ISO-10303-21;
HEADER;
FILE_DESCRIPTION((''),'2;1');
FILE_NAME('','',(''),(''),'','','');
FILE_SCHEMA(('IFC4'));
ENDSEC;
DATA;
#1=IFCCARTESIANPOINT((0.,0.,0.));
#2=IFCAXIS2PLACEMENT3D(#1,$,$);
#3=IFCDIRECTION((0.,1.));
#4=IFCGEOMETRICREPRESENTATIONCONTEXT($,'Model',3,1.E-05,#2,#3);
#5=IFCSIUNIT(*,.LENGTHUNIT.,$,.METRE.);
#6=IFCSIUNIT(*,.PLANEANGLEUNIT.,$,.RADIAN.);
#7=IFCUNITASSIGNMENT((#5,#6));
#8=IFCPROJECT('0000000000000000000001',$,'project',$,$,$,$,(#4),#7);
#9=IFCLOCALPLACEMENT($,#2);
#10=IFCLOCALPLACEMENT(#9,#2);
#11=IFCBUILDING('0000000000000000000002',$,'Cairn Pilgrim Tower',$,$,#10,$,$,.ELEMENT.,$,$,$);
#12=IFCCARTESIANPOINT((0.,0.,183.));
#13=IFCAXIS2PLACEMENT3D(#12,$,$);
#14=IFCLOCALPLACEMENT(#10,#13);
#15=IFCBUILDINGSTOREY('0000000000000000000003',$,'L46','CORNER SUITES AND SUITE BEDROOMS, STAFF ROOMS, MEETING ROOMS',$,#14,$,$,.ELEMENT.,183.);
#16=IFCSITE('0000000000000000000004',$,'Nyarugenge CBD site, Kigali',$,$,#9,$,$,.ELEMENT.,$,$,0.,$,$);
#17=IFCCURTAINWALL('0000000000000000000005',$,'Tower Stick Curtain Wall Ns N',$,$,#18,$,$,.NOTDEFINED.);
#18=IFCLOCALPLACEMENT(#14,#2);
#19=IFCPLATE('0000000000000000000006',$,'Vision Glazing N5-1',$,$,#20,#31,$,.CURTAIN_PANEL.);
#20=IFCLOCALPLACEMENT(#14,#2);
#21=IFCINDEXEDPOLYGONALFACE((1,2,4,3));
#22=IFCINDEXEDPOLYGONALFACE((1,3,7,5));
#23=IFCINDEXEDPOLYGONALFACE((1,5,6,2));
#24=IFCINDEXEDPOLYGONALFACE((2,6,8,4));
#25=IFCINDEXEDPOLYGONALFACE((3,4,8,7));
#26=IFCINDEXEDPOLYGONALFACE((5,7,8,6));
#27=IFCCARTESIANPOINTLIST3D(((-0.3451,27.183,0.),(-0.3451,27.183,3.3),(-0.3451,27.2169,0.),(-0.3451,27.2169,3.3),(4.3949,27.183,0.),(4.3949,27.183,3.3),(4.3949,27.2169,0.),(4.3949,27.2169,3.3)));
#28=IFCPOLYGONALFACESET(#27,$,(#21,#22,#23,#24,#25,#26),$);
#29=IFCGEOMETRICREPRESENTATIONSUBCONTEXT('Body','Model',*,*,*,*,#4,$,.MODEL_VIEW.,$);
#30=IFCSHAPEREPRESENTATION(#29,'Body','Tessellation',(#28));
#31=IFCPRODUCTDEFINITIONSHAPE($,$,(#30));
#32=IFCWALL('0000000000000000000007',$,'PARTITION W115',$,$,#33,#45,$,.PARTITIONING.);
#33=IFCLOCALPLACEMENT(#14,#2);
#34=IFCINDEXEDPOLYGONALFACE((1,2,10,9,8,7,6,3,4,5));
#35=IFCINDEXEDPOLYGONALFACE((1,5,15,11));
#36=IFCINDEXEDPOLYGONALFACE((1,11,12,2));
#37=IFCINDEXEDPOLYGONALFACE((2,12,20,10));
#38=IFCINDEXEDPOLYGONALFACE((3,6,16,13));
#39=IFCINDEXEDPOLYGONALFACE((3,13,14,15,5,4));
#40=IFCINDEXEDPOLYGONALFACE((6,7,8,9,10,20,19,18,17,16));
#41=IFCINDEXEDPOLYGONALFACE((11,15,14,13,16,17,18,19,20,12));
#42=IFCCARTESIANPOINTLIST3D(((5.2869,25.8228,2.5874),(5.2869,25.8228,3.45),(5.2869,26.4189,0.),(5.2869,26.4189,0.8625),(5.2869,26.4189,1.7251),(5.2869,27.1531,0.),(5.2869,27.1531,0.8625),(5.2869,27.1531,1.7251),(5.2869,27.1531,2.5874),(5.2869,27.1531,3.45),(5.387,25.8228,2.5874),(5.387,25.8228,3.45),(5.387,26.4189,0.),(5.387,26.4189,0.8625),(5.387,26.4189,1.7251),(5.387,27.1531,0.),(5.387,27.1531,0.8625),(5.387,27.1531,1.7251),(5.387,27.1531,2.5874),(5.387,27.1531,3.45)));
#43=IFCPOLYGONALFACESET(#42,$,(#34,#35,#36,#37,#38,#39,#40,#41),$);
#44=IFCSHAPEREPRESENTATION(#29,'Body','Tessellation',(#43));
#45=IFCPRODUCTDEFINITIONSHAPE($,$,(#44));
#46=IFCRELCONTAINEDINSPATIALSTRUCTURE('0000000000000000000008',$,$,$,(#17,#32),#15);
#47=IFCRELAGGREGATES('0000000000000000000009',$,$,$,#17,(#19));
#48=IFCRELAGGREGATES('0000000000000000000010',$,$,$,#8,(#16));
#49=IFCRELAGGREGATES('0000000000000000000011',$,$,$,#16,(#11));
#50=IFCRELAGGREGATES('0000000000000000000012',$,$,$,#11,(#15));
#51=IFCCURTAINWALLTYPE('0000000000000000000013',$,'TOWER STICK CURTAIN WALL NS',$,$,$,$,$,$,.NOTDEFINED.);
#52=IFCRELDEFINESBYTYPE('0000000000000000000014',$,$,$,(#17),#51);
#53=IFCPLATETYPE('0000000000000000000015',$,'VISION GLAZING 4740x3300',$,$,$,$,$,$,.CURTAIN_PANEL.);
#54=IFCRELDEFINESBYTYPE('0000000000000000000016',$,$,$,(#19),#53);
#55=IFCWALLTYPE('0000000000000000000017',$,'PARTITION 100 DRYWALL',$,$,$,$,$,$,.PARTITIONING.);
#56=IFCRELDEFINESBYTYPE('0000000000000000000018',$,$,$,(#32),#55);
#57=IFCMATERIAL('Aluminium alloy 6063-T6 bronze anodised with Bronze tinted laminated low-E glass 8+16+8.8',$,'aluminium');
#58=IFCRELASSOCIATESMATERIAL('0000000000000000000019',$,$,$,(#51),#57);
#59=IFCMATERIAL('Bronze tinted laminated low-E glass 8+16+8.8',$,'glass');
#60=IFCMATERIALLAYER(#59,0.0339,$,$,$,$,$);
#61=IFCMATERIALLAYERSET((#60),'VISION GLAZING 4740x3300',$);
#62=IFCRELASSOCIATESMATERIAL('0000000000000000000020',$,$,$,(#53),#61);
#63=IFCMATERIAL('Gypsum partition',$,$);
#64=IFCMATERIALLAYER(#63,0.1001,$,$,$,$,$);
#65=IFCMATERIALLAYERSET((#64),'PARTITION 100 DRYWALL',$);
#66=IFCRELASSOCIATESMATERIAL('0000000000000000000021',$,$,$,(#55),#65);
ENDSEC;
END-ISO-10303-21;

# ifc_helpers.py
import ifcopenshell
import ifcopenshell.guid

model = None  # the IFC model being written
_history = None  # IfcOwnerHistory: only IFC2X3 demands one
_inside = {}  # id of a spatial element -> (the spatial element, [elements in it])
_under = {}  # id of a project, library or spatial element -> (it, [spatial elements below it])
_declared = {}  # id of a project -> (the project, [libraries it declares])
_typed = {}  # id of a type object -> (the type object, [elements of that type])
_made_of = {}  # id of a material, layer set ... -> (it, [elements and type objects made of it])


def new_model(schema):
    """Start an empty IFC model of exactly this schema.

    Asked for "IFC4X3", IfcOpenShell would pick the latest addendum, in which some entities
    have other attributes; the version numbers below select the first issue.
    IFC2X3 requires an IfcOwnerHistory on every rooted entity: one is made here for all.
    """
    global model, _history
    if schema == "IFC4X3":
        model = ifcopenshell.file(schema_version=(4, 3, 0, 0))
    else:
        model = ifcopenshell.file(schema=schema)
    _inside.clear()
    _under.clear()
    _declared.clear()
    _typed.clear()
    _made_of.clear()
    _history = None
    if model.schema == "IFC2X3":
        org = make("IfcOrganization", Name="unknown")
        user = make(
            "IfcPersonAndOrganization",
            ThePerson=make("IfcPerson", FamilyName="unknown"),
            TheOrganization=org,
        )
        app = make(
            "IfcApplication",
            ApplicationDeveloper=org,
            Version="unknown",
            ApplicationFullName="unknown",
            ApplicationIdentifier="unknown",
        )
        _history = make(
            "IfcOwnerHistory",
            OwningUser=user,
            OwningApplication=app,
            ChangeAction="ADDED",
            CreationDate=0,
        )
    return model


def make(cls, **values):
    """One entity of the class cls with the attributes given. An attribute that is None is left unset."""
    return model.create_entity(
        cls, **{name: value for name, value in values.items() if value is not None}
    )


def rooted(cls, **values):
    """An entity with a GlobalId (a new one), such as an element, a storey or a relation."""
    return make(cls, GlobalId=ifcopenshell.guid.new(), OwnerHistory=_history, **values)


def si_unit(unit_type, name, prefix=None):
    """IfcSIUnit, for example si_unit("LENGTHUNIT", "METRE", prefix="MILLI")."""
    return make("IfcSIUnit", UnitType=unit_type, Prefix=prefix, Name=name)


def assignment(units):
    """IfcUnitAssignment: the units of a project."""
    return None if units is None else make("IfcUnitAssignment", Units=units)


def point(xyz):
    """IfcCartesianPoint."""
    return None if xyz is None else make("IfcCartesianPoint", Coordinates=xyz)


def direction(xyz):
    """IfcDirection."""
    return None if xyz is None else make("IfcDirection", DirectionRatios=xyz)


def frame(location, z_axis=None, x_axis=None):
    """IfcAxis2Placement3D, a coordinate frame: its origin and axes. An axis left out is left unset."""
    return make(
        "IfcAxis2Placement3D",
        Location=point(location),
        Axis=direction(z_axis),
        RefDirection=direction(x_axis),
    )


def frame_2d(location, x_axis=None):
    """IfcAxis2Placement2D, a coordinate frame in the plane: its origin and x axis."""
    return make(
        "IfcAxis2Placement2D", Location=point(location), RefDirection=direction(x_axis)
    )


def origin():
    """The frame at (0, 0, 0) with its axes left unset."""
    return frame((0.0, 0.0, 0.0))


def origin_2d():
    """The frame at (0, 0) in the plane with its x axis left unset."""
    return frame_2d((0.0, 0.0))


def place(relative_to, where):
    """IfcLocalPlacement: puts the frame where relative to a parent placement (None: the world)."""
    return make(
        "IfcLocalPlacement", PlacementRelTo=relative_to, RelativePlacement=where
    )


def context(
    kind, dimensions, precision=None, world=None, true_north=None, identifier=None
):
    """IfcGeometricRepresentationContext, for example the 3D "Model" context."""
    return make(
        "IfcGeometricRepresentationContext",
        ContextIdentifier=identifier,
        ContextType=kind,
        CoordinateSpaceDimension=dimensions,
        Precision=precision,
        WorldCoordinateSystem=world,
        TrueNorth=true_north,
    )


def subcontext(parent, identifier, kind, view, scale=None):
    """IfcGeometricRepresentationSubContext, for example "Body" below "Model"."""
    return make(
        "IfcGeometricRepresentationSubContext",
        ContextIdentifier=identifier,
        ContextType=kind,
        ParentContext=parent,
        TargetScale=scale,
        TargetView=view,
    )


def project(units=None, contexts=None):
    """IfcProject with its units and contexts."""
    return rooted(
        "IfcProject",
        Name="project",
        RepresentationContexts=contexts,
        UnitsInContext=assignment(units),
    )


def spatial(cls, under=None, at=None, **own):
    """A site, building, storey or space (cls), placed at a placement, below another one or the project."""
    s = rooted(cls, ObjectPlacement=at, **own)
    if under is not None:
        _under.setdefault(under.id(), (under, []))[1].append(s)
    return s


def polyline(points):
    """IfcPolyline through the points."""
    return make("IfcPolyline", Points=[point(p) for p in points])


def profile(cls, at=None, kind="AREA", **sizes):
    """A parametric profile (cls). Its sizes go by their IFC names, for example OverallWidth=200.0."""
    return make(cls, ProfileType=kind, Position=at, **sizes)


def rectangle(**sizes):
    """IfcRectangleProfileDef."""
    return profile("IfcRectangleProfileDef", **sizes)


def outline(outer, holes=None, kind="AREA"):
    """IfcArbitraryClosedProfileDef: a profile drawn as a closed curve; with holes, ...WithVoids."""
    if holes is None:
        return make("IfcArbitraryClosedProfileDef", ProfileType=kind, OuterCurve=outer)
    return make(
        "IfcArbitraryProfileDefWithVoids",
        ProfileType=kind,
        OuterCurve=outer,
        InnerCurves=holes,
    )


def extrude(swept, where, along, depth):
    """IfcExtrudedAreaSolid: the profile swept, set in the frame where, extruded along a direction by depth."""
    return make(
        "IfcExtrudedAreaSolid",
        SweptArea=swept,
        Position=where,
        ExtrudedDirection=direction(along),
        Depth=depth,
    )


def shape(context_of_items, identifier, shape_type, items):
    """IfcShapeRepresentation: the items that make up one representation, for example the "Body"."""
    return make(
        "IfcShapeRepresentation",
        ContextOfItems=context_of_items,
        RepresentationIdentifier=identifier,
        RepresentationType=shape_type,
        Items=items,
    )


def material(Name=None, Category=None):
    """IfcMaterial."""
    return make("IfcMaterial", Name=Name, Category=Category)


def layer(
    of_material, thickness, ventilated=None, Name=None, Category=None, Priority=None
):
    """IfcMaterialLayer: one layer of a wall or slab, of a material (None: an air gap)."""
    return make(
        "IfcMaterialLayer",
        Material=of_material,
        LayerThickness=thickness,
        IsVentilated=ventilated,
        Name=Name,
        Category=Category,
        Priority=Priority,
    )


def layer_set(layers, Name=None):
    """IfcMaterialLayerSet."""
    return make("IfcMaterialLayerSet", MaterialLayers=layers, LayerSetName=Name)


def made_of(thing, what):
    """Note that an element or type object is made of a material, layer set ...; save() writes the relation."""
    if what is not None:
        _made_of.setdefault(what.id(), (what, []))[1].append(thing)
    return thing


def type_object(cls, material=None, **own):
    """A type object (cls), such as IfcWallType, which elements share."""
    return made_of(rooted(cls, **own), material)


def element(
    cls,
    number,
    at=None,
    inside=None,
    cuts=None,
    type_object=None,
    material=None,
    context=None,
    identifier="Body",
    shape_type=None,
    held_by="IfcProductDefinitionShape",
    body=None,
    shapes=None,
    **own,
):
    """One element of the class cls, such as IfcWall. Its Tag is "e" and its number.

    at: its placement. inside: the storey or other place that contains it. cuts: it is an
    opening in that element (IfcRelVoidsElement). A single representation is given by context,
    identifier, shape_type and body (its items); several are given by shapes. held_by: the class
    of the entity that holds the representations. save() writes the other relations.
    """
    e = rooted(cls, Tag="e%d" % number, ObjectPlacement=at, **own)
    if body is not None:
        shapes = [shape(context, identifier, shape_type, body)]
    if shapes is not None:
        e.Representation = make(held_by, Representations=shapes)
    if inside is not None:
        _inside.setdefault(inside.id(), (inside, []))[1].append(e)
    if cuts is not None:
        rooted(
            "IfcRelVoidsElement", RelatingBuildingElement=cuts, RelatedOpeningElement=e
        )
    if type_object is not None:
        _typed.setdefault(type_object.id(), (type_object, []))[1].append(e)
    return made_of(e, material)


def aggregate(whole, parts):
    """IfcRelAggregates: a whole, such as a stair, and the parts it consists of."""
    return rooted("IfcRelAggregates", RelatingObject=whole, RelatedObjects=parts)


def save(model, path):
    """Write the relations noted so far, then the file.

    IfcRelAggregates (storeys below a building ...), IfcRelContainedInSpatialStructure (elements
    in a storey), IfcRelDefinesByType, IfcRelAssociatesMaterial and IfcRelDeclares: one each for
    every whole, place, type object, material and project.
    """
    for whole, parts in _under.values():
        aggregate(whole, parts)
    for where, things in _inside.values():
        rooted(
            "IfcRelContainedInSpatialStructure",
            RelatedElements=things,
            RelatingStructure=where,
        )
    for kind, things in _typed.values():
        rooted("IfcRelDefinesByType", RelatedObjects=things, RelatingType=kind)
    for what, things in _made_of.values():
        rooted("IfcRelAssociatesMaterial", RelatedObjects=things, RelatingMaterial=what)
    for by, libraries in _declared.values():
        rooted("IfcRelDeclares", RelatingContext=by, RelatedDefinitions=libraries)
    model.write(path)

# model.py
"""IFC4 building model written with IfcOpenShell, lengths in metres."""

from ifc_helpers import new_model, si_unit, direction, frame, origin, origin_2d, place, context, subcontext, project, spatial, polyline, rectangle, outline, extrude, material, layer, layer_set, type_object, element, aggregate, save


model = new_model("IFC4")

# Units and contexts
model_context = context("Model", 3, precision=1e-05, world=origin(), true_north=direction((0.0, 1.0)))
body_context = subcontext(model_context, "Body", "Model", "MODEL_VIEW")
ifc_project = project(units=[si_unit("LENGTHUNIT", "METRE"), si_unit("PLANEANGLEUNIT", "RADIAN")], contexts=[model_context])

# Site, building, storey
site_placement = place(None, origin())
site = spatial("IfcSite", under=ifc_project, at=site_placement, Name="Nyarugenge CBD site, Kigali", CompositionType="ELEMENT", RefElevation=0.0)
building_placement = place(site_placement, origin())
building = spatial("IfcBuilding", under=site, at=building_placement, Name="Cairn Pilgrim Tower", CompositionType="ELEMENT")
storey_placement = place(building_placement, frame((0.0, 0.0, 183.0)))
storey = spatial("IfcBuildingStorey", under=building, at=storey_placement, Name="L46", Description="CORNER SUITES AND SUITE BEDROOMS, STAFF ROOMS, MEETING ROOMS", CompositionType="ELEMENT", Elevation=183.0)

# Curtain wall
ifc_material_1 = material(Name="Aluminium alloy 6063-T6 bronze anodised with Bronze tinted laminated low-E glass 8+16+8.8", Category="aluminium")
curtain_wall_type_1 = type_object("IfcCurtainWallType", Name="TOWER STICK CURTAIN WALL NS", PredefinedType="NOTDEFINED", material=ifc_material_1)
curtain_wall_1_placement = place(storey_placement, origin())
curtain_wall_1 = element("IfcCurtainWall", 1, at=curtain_wall_1_placement, inside=storey, type_object=curtain_wall_type_1, Name="Tower Stick Curtain Wall Ns N", PredefinedType="NOTDEFINED")

# Plate
ifc_material_2 = material(Name="Bronze tinted laminated low-E glass 8+16+8.8", Category="glass")
ifc_layer_1 = layer(ifc_material_2, 0.0339)
ifc_layer_set_1 = layer_set([ifc_layer_1], Name="VISION GLAZING 4740x3300")
plate_type_1 = type_object("IfcPlateType", Name="VISION GLAZING 4740x3300", PredefinedType="CURTAIN_PANEL", material=ifc_layer_set_1)
plate_1_placement = place(storey_placement, frame((2.0249, 27.2, 0.0), z_axis=(0.0, 0.0, 1.0), x_axis=(-1.0, 0.0, 0.0)))
plate_1 = element("IfcPlate", 2, at=plate_1_placement, type_object=plate_type_1, Name="Vision Glazing N5-1", PredefinedType="CURTAIN_PANEL", context=body_context, shape_type="SweptSolid", body=[
    extrude(rectangle(XDim=4.74, YDim=0.0339, at=origin_2d()), origin(), (0.0, 0.0, 1.0), 3.3),
])
aggregate(curtain_wall_1, [plate_1])

# Wall
ifc_material_3 = material(Name="Gypsum partition")
ifc_layer_2 = layer(ifc_material_3, 0.1001)
ifc_layer_set_2 = layer_set([ifc_layer_2], Name="PARTITION 100 DRYWALL")
wall_type_1 = type_object("IfcWallType", Name="PARTITION 100 DRYWALL", PredefinedType="PARTITIONING", material=ifc_layer_set_2)
wall_1_placement = place(storey_placement, frame((5.3369, 25.8228, 0.0), z_axis=(0.0, 0.0, 1.0), x_axis=(0.0, 1.0, 0.0)))
element("IfcWall", 3, at=wall_1_placement, inside=storey, type_object=wall_type_1, Name="PARTITION W115", PredefinedType="PARTITIONING", context=body_context, shape_type="SweptSolid", body=[
    extrude(outline(polyline([(0.5962, 0.0), (1.3303, 0.0), (1.3303, 0.8625), (1.3303, 1.7251), (1.3303, 2.5874), (1.3303, 3.45), (0.0, 3.45), (0.0, 2.5874), (0.5962, 1.7251), (0.5962, 0.8625), (0.5962, 0.0)])), frame((0.0, 0.05, 0.0), z_axis=(0.0, -1.0, 0.0), x_axis=(1.0, 0.0, 0.0)), (0.0, 0.0, 1.0), 0.1001),
])

save(model, "model.ifc")
